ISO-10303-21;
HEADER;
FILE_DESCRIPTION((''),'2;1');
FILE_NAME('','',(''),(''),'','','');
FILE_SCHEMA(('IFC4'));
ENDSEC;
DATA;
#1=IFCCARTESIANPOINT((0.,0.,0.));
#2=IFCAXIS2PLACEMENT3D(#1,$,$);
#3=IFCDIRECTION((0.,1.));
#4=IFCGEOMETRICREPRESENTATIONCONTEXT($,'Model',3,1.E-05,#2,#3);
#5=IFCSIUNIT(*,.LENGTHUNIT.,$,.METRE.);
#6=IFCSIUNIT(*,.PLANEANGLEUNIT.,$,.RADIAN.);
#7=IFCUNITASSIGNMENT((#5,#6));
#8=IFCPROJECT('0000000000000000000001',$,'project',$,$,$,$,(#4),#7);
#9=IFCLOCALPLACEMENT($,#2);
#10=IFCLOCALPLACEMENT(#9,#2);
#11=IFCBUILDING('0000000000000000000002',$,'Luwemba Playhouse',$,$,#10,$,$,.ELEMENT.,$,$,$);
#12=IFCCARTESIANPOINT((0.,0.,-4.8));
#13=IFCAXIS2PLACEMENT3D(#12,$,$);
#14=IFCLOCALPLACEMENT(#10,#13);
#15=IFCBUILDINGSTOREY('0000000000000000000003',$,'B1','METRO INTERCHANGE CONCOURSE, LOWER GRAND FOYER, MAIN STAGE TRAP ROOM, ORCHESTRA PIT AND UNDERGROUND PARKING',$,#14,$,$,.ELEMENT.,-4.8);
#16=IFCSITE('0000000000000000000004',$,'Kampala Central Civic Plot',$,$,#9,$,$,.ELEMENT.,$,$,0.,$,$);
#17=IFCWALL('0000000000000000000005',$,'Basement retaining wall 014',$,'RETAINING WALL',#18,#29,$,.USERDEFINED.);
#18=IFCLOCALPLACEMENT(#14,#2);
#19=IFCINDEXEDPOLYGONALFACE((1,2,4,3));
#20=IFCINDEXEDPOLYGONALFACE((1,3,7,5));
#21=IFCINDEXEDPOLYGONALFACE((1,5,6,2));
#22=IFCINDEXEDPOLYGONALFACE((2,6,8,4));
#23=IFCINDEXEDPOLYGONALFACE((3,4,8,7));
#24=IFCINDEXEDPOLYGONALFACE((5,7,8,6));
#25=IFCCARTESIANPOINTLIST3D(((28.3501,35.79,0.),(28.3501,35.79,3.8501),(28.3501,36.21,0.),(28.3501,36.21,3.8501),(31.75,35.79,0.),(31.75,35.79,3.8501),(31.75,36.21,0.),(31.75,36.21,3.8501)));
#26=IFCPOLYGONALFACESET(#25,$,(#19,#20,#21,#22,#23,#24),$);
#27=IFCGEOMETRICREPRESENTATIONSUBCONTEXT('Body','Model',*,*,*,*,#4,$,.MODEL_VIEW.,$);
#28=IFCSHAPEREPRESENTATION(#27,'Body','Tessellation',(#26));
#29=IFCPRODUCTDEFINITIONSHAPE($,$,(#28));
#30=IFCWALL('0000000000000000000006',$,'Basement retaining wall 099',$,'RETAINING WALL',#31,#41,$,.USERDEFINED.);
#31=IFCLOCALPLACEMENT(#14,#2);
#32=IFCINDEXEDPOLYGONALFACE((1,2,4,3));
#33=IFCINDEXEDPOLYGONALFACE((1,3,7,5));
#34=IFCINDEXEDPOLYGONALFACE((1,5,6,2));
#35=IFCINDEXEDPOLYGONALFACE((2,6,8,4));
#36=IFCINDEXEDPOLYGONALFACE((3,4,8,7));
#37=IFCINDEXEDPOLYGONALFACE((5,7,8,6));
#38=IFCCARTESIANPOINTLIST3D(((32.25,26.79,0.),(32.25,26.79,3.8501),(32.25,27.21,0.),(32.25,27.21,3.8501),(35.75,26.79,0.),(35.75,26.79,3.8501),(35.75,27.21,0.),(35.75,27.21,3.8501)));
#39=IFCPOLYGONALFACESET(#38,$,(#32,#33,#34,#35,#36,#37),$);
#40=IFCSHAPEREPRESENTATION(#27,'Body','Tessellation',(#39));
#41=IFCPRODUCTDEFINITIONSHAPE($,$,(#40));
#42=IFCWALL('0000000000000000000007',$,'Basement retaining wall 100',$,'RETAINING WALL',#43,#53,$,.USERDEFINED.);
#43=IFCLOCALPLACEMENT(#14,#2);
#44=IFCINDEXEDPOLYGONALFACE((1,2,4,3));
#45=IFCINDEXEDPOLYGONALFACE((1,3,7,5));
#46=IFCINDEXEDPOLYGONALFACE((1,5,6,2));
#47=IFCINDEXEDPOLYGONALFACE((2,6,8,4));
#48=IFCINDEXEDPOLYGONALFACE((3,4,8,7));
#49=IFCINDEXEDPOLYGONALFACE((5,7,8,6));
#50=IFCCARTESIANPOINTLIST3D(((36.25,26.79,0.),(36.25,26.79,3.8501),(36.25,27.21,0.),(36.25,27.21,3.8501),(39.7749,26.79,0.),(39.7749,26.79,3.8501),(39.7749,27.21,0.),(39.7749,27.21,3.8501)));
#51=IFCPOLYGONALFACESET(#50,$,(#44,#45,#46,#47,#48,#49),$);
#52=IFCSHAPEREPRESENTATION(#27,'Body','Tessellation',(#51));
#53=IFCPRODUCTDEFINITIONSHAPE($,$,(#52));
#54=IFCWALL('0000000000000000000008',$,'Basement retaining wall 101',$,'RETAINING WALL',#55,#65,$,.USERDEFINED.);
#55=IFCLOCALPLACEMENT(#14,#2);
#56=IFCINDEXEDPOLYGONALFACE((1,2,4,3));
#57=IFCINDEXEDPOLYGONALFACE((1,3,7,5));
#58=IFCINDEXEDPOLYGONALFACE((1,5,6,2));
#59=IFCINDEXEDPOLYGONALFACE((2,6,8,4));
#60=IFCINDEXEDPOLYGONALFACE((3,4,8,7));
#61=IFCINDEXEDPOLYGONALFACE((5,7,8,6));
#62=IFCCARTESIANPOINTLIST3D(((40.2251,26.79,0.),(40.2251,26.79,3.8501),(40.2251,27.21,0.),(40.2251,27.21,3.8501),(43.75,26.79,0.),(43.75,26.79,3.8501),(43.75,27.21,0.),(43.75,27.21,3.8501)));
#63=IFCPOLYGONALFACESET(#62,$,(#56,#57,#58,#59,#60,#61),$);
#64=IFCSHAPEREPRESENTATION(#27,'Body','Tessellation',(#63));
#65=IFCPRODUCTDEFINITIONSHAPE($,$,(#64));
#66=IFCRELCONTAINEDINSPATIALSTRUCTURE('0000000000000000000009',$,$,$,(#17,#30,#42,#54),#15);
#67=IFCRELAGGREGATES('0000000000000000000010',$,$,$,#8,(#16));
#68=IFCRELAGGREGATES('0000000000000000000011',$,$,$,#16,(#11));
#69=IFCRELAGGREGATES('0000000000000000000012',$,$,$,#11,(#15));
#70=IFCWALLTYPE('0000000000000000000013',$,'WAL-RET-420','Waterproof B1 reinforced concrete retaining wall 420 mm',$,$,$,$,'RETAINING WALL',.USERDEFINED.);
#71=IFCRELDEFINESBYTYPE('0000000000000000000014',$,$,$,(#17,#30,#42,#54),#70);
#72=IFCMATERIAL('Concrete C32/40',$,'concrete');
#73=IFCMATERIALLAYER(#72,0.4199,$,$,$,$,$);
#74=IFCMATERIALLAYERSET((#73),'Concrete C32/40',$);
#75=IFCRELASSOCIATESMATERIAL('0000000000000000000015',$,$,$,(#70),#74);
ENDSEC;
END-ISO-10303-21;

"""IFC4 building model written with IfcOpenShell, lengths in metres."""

from ifc_helpers import new_model, si_unit, direction, frame, frame_2d, origin, place, context, subcontext, project, spatial, rectangle, extrude, material, layer, layer_set, type_object, element, save


model = new_model("IFC4")

# Units and contexts
model_context = context("Model", 3, precision=1e-05, world=origin(), true_north=direction((0.0, 1.0)))
body_context = subcontext(model_context, "Body", "Model", "MODEL_VIEW")
ifc_project = project(units=[si_unit("LENGTHUNIT", "METRE"), si_unit("PLANEANGLEUNIT", "RADIAN")], contexts=[model_context])

# Site, building, storey
site_placement = place(None, origin())
site = spatial("IfcSite", under=ifc_project, at=site_placement, Name="Kampala Central Civic Plot", CompositionType="ELEMENT", RefElevation=0.0)
building_placement = place(site_placement, origin())
building = spatial("IfcBuilding", under=site, at=building_placement, Name="Luwemba Playhouse", CompositionType="ELEMENT")
storey_placement = place(building_placement, frame((0.0, 0.0, -4.8)))
storey = spatial("IfcBuildingStorey", under=building, at=storey_placement, Name="B1", Description="METRO INTERCHANGE CONCOURSE, LOWER GRAND FOYER, MAIN STAGE TRAP ROOM, ORCHESTRA PIT AND UNDERGROUND PARKING", CompositionType="ELEMENT", Elevation=-4.8)

# Shared definitions
ifc_material_1 = material(Name="Concrete C32/40", Category="concrete")

# Walls
ifc_layer = layer(ifc_material_1, 0.4199)
ifc_layer_set = layer_set([ifc_layer], Name="Concrete C32/40")
wall_type = type_object("IfcWallType", Name="WAL-RET-420", Description="Waterproof B1 reinforced concrete retaining wall 420 mm", ElementType="RETAINING WALL", PredefinedType="USERDEFINED", material=ifc_layer_set)
for number, where, z_axis, x_axis, name in (
    (1, (31.75, 36.0, 0.0), (0.0, 0.0, 1.0), (-1.0, 0.0, 0.0), "Basement retaining wall 014"),
):
    element("IfcWall", number, at=place(storey_placement, frame(where, z_axis=z_axis, x_axis=x_axis)), inside=storey, type_object=wall_type, Name=name, ObjectType="RETAINING WALL", PredefinedType="USERDEFINED", context=body_context, shape_type="SweptSolid", body=[
        extrude(rectangle(XDim=3.3999, YDim=0.4199, at=frame_2d((1.7, 0.0))), origin(), (0.0, 0.0, 1.0), 3.8501),
    ])
wall_placement = place(storey_placement, frame((32.25, 27.0, 0.0), z_axis=(0.0, 0.0, 1.0), x_axis=(1.0, 0.0, 0.0)))
element("IfcWall", 2, at=wall_placement, inside=storey, type_object=wall_type, Name="Basement retaining wall 099", ObjectType="RETAINING WALL", PredefinedType="USERDEFINED", context=body_context, shape_type="SweptSolid", body=[
    extrude(rectangle(XDim=3.5, YDim=0.4199, at=frame_2d((1.75, 0.0))), origin(), (0.0, 0.0, 1.0), 3.8501),
])
for number, where, z_axis, x_axis, name in (
    (3, (36.25, 27.0, 0.0), (0.0, 0.0, 1.0), (1.0, 0.0, 0.0), "Basement retaining wall 100"),
    (4, (40.2251, 27.0, 0.0), (0.0, 0.0, 1.0), (1.0, 0.0, 0.0), "Basement retaining wall 101"),
):
    element("IfcWall", number, at=place(storey_placement, frame(where, z_axis=z_axis, x_axis=x_axis)), inside=storey, type_object=wall_type, Name=name, ObjectType="RETAINING WALL", PredefinedType="USERDEFINED", context=body_context, shape_type="SweptSolid", body=[
        extrude(rectangle(XDim=3.5249, YDim=0.4199, at=frame_2d((1.7625, 0.0))), origin(), (0.0, 0.0, 1.0), 3.8501),
    ])

save(model, "model.ifc")
